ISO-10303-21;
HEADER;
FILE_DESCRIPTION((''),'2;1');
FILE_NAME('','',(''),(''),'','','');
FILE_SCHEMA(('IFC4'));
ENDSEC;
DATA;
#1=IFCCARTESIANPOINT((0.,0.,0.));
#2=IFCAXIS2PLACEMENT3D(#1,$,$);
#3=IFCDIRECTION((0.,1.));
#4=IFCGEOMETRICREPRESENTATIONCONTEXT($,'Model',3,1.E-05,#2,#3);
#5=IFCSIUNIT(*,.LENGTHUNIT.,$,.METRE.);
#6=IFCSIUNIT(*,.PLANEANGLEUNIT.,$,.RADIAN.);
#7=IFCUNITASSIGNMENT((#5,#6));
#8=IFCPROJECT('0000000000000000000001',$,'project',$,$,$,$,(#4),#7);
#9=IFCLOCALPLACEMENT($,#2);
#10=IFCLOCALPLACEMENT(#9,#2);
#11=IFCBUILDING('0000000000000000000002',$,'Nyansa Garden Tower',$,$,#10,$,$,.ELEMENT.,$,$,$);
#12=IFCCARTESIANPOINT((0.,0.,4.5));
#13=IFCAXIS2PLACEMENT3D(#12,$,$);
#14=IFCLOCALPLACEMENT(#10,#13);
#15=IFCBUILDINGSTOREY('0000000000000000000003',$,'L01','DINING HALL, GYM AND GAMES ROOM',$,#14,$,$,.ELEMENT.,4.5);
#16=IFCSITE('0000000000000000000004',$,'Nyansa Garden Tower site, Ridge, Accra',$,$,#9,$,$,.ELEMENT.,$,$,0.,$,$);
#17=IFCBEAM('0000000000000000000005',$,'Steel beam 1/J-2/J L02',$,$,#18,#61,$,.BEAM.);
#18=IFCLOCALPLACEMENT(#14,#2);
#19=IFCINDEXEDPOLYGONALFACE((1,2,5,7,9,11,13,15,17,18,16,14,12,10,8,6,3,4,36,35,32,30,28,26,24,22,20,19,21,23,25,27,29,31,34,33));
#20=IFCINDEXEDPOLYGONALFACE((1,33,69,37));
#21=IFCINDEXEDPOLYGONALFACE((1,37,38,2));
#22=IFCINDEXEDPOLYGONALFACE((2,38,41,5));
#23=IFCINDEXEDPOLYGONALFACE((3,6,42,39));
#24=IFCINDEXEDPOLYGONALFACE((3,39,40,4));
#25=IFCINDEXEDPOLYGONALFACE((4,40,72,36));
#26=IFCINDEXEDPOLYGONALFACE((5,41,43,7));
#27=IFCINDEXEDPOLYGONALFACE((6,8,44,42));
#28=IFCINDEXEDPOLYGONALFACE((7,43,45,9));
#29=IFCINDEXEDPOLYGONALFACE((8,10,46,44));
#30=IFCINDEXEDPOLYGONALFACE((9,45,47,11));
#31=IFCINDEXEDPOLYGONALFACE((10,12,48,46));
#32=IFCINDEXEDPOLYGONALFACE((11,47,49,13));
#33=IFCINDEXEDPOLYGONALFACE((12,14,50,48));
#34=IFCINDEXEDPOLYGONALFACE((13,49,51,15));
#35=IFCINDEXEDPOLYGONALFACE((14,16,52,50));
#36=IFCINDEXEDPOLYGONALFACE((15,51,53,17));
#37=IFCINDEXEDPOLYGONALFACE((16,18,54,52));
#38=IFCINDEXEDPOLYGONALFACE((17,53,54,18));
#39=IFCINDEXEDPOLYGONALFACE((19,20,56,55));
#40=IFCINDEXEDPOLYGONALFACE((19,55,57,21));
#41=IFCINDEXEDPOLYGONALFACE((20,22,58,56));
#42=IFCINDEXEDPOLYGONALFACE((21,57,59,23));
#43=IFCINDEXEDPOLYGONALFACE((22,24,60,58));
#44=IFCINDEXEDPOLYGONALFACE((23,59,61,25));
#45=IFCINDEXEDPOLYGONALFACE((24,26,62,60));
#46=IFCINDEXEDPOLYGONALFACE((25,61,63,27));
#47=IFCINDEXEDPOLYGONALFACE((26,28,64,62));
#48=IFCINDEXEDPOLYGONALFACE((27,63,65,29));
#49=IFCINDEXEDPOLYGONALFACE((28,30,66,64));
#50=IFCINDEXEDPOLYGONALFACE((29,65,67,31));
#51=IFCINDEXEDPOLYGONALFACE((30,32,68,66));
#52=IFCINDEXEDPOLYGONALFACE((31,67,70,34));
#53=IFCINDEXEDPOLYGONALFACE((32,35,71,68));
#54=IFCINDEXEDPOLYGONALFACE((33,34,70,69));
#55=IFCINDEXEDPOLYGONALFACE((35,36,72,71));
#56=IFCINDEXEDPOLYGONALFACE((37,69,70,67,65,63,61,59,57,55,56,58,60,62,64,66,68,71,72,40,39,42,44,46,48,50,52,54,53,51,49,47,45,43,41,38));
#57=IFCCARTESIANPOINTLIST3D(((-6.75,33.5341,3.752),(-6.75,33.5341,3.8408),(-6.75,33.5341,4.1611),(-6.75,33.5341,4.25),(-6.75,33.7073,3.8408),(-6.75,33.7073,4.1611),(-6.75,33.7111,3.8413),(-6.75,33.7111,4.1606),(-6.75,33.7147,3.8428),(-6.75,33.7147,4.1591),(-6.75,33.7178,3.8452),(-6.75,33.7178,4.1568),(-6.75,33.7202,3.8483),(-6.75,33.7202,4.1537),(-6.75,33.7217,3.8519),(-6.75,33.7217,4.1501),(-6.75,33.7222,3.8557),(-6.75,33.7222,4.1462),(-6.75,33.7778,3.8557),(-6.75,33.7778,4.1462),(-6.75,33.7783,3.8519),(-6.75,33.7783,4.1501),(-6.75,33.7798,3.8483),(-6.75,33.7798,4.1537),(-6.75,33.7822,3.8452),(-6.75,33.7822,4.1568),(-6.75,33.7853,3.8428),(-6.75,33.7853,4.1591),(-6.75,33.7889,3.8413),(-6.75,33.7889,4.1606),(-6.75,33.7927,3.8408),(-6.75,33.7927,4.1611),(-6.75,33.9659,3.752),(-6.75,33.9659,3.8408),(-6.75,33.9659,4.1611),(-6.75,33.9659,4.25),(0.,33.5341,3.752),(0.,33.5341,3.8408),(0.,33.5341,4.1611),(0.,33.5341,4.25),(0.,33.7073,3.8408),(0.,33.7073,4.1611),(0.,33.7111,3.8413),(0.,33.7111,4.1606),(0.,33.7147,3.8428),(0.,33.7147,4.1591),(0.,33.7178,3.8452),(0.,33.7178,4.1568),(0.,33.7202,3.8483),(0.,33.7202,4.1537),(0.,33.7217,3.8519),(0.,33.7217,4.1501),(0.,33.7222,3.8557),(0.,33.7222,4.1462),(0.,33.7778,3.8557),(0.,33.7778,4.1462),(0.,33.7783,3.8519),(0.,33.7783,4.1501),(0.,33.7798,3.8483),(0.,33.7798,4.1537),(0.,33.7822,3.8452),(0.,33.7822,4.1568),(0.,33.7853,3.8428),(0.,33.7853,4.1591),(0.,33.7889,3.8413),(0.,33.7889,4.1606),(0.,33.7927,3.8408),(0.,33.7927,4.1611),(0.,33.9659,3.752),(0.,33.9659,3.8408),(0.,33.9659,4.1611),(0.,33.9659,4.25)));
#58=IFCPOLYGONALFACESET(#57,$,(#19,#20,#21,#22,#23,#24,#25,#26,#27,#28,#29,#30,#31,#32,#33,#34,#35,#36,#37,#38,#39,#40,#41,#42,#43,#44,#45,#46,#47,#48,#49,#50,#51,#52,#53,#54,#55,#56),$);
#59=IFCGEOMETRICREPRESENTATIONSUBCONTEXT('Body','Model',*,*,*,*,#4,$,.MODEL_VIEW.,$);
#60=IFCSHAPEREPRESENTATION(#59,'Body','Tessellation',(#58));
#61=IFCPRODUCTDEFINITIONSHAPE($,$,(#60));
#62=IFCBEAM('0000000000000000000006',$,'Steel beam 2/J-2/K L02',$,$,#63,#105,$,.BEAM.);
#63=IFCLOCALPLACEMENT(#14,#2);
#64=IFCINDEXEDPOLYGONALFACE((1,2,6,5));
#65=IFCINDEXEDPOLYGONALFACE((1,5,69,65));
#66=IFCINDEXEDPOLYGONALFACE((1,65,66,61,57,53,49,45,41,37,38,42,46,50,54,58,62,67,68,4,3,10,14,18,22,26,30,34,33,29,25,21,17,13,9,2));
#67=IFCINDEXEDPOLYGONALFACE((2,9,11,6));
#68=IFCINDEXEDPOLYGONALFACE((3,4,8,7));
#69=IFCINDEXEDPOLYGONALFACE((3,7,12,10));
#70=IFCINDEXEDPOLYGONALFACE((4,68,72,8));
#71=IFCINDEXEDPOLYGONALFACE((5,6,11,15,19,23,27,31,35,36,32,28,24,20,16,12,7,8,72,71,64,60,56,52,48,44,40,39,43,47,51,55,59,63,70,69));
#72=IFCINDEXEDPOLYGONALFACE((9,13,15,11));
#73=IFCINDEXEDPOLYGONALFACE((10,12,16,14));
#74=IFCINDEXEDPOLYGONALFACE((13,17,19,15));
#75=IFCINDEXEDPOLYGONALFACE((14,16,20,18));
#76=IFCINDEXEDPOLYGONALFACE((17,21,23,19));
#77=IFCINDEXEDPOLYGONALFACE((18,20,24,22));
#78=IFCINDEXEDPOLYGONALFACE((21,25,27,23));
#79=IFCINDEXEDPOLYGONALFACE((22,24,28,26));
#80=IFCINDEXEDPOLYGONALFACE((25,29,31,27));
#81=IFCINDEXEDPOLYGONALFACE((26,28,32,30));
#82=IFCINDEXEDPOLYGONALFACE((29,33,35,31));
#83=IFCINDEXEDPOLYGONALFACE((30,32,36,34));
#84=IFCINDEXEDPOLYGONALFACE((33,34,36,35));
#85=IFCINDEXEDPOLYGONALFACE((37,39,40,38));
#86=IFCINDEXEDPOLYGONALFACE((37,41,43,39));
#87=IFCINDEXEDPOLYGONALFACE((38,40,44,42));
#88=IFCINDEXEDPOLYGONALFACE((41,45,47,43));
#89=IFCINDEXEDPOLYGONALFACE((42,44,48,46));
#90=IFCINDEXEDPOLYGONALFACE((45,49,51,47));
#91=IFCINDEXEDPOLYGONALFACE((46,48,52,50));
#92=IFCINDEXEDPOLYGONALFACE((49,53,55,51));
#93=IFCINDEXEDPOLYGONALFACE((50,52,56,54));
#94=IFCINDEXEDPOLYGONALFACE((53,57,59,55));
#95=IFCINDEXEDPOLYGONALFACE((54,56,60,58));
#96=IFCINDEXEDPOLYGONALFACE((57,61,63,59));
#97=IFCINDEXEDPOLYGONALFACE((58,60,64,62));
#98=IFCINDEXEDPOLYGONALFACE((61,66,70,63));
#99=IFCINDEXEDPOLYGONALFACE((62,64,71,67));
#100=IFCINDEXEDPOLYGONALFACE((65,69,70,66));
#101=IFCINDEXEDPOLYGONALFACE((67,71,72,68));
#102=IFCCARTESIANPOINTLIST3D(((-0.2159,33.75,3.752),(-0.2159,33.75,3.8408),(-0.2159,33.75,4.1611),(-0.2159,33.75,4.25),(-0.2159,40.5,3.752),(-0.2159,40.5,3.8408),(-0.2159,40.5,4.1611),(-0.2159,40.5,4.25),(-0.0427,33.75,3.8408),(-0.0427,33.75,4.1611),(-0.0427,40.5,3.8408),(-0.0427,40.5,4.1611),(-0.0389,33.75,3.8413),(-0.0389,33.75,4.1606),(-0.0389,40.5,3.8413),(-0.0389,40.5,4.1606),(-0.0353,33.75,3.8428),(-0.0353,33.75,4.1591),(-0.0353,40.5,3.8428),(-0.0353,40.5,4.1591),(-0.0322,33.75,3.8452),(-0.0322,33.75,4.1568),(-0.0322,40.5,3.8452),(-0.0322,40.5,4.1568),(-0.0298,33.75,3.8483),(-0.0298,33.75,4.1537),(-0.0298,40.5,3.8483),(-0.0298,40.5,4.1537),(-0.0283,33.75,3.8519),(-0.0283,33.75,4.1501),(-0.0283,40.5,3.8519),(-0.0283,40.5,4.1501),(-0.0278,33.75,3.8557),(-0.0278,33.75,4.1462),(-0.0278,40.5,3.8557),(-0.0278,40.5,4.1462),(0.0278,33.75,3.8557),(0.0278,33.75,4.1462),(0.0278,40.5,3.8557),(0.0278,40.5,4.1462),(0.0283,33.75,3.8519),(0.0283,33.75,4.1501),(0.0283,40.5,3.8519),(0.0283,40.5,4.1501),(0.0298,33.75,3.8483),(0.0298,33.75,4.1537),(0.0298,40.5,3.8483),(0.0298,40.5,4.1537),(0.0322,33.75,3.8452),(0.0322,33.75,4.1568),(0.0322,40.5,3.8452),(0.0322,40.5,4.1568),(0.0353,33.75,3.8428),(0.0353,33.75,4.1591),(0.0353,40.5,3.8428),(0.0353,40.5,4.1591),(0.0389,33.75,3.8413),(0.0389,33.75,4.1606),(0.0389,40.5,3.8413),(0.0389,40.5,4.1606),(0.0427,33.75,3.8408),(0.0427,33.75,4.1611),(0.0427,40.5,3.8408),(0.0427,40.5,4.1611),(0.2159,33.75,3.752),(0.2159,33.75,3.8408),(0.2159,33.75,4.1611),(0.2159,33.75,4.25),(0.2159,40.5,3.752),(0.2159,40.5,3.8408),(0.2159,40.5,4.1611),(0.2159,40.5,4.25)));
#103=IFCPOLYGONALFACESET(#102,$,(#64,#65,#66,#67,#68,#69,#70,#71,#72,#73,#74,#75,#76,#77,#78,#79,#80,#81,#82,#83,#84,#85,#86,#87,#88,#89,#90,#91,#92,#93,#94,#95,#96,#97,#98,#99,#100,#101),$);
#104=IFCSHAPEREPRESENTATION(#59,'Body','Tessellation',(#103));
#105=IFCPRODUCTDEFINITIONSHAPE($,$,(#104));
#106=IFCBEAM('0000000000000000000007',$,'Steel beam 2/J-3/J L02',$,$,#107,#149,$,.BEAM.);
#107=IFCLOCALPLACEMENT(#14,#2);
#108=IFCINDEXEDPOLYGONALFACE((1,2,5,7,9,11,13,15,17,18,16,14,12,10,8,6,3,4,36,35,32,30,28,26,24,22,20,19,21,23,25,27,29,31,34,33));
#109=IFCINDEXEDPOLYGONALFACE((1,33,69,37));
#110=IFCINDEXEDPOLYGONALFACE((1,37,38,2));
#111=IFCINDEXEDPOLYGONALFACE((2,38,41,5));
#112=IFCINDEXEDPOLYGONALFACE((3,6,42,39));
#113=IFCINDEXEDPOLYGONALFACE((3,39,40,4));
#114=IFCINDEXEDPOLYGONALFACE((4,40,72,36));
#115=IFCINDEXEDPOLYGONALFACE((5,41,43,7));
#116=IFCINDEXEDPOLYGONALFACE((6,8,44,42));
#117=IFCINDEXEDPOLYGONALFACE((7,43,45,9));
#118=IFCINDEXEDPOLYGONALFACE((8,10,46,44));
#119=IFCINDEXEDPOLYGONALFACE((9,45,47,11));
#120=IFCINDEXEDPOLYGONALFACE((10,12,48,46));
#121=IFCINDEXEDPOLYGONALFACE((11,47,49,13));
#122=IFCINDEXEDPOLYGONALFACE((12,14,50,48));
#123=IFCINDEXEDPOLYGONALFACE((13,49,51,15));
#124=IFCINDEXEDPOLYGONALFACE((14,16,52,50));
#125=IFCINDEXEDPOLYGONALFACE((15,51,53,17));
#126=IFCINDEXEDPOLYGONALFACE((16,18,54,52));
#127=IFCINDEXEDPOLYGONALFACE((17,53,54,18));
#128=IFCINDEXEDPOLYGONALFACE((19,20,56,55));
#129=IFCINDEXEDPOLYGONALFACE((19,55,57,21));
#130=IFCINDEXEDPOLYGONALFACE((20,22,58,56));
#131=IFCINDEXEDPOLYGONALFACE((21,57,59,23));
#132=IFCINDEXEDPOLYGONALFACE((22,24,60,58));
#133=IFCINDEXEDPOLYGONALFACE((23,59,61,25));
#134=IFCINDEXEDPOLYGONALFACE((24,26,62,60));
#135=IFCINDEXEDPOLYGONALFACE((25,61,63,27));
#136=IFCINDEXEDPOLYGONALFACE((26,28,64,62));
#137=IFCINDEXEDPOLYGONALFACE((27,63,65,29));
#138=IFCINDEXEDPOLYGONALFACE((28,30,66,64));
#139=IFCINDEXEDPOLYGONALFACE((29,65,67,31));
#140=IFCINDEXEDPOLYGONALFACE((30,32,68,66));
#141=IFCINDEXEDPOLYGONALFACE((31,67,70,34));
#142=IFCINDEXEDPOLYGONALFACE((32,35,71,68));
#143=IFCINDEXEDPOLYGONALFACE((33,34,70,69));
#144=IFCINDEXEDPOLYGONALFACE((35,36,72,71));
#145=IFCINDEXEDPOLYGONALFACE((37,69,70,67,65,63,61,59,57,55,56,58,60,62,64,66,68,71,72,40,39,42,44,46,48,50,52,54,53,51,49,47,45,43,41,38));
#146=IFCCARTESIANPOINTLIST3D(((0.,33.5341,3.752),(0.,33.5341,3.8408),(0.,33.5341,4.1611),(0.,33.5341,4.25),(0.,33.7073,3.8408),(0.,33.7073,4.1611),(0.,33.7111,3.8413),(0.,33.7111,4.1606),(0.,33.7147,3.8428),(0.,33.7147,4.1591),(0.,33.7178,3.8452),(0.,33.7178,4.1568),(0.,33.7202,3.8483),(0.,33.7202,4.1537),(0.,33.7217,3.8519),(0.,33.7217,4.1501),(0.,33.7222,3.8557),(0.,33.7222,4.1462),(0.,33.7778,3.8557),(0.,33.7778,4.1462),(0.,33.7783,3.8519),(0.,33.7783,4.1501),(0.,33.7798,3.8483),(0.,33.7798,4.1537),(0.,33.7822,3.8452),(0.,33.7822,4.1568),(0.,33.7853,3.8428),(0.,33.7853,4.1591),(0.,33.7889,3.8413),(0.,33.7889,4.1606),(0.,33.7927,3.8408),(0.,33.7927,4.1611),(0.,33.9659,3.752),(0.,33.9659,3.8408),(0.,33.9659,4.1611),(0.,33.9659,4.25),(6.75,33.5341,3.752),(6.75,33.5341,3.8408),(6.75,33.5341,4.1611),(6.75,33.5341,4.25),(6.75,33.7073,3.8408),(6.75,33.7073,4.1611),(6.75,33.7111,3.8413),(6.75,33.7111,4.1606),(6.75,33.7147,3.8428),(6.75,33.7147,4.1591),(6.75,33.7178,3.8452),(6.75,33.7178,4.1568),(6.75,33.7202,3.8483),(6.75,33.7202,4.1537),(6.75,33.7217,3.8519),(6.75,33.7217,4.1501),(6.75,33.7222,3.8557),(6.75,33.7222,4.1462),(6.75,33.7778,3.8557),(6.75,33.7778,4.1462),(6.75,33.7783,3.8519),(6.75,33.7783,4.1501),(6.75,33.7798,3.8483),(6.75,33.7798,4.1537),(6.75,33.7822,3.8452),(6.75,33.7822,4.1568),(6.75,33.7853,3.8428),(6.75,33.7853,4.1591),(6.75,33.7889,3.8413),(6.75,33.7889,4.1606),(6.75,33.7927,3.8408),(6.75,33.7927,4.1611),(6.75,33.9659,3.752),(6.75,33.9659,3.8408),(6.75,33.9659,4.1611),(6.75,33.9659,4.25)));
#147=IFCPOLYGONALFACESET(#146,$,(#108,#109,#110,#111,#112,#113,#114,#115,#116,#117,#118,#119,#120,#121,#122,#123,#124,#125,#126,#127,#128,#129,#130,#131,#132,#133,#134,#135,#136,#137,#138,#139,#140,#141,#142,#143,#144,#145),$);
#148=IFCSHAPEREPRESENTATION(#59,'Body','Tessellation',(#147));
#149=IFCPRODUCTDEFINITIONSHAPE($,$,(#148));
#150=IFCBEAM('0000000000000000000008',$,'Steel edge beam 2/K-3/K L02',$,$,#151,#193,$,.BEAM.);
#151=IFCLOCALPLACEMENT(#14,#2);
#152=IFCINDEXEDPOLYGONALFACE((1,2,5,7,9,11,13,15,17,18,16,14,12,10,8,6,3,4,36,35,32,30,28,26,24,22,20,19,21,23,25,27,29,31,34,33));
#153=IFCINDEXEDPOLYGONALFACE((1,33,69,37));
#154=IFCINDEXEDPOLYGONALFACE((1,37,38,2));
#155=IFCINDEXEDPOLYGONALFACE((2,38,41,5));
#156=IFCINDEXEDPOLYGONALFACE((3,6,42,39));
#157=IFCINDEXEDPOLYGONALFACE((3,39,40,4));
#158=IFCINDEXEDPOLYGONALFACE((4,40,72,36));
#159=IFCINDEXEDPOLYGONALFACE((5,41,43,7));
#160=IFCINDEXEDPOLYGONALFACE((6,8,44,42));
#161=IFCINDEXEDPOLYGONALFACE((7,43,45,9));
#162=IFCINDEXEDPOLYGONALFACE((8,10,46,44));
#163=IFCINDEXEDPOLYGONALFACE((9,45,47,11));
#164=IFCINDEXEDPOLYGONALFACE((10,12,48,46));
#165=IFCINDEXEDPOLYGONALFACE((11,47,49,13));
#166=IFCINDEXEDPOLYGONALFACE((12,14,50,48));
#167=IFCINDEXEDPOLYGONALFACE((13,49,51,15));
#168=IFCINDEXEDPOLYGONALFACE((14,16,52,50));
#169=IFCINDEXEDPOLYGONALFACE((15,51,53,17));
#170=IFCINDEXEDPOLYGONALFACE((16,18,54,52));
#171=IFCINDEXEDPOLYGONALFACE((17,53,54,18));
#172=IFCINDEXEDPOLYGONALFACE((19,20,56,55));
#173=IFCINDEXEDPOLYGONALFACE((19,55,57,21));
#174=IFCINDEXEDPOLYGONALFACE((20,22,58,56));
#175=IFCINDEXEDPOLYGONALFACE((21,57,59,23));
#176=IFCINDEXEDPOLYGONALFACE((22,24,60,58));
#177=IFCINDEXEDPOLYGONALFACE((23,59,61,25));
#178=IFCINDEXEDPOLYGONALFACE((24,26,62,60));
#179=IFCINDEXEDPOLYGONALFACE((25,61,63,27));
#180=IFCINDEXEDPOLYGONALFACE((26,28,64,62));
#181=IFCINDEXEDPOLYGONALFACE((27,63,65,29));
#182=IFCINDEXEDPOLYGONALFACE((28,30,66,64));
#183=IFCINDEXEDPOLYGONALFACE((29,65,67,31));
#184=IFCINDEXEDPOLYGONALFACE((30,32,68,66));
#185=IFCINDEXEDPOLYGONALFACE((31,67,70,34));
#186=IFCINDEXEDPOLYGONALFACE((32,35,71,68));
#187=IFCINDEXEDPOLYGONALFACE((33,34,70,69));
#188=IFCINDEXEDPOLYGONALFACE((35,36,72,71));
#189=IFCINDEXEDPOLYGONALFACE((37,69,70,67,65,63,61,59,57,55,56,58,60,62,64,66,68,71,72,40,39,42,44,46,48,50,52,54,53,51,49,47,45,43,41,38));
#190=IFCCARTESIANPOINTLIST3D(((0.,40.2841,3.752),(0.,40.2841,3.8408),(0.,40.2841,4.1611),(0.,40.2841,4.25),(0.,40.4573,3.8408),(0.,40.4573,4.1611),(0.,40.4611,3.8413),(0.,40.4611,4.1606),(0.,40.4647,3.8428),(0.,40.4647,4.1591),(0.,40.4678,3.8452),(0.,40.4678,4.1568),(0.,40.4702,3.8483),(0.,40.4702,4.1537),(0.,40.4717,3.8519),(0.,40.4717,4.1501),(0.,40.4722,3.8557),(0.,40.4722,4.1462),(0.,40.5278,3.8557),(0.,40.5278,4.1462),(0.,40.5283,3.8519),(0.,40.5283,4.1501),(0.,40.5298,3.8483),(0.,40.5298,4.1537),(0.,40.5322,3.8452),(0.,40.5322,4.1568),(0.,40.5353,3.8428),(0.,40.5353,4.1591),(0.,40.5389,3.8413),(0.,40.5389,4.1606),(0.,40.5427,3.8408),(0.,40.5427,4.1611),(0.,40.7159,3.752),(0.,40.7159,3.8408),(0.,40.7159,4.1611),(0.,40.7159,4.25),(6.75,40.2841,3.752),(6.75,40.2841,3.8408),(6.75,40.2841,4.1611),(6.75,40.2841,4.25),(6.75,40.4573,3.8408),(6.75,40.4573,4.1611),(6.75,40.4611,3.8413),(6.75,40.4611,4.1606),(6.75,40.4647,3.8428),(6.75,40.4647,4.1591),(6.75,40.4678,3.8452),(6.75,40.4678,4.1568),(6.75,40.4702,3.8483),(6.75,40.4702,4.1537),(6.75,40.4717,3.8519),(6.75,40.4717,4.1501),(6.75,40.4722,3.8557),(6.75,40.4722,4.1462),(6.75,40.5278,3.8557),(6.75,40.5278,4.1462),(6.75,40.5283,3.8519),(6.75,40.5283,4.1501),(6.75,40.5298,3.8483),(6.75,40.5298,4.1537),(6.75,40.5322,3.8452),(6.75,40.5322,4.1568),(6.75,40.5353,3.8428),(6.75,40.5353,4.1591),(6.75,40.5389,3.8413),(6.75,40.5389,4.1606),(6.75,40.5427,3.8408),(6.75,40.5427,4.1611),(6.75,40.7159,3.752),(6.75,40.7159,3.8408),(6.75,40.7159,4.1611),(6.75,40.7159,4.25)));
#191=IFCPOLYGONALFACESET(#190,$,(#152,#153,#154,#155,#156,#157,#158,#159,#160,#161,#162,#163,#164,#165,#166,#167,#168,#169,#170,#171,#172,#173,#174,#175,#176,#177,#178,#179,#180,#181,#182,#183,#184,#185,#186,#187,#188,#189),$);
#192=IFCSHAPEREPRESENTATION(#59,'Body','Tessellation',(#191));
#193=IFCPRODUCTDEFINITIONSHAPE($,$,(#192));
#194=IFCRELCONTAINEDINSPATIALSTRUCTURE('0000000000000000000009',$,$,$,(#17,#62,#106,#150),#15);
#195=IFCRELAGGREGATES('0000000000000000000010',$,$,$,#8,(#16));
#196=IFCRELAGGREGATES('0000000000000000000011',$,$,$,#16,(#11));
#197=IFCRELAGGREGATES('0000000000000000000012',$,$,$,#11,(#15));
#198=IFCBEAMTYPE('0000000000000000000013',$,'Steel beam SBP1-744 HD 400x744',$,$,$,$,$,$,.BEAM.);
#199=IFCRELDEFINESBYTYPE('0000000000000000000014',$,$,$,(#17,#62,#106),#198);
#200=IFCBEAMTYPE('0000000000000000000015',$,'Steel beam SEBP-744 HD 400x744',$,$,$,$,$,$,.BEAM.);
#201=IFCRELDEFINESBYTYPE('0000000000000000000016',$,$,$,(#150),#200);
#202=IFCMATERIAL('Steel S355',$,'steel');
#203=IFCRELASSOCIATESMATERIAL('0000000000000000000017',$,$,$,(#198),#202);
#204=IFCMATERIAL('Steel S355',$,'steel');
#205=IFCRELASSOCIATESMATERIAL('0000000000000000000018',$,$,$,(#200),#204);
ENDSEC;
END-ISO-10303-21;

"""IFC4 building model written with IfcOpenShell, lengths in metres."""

from ifc_helpers import new_model, si_unit, direction, frame, origin, origin_2d, place, context, subcontext, project, spatial, i_section, extrude, material, material_profile, profile_set, type_object, element, save


model = new_model("IFC4")

# Units and contexts
model_context = context("Model", 3, precision=1e-05, world=origin(), true_north=direction((0.0, 1.0)))
body_context = subcontext(model_context, "Body", "Model", "MODEL_VIEW")
ifc_project = project(units=[si_unit("LENGTHUNIT", "METRE"), si_unit("PLANEANGLEUNIT", "RADIAN")], contexts=[model_context])

# Site, building, storey
site_placement = place(None, origin())
site = spatial("IfcSite", under=ifc_project, at=site_placement, Name="Nyansa Garden Tower site, Ridge, Accra", CompositionType="ELEMENT", RefElevation=0.0)
building_placement = place(site_placement, origin())
building = spatial("IfcBuilding", under=site, at=building_placement, Name="Nyansa Garden Tower", CompositionType="ELEMENT")
storey_placement = place(building_placement, frame((0.0, 0.0, 4.5)))
storey = spatial("IfcBuildingStorey", under=building, at=storey_placement, Name="L01", Description="DINING HALL, GYM AND GAMES ROOM", CompositionType="ELEMENT", Elevation=4.5)

# Beams
ifc_material_1 = material(Name="Steel S355", Category="steel")
ifc_material_profile_1 = material_profile(ifc_material_1, i_section(OverallWidth=0.4319, OverallDepth=0.498, WebThickness=0.0557, FlangeThickness=0.0889, FilletRadius=0.0149, at=origin_2d()), Name="HD 400x744")
ifc_profile_set_1 = profile_set([ifc_material_profile_1], Name="Steel S355")
beam_type_1 = type_object("IfcBeamType", Name="Steel beam SBP1-744 HD 400x744", PredefinedType="BEAM", material=ifc_profile_set_1)
for number, where, z_axis, x_axis, name in (
    (1, (-6.75, 33.75, 4.001), (1.0, 0.0, 0.0), (0.0, 1.0, 0.0), "Steel beam 1/J-2/J L02"),
    (2, (0.0, 33.75, 4.001), (0.0, 1.0, 0.0), (-1.0, 0.0, 0.0), "Steel beam 2/J-2/K L02"),
    (3, (0.0, 33.75, 4.001), (1.0, 0.0, 0.0), (0.0, 1.0, 0.0), "Steel beam 2/J-3/J L02"),
):
    element("IfcBeam", number, at=place(storey_placement, frame(where, z_axis=z_axis, x_axis=x_axis)), inside=storey, type_object=beam_type_1, Name=name, PredefinedType="BEAM", context=body_context, shape_type="SweptSolid", body=[
        extrude(i_section(OverallWidth=0.4319, OverallDepth=0.498, WebThickness=0.0557, FlangeThickness=0.0889, FilletRadius=0.0149, at=origin_2d()), origin(), (0.0, 0.0, 1.0), 6.75),
    ])
ifc_material_2 = material(Name="Steel S355", Category="steel")
ifc_material_profile_2 = material_profile(ifc_material_2, i_section(OverallWidth=0.4319, OverallDepth=0.498, WebThickness=0.0557, FlangeThickness=0.0889, FilletRadius=0.0149, at=origin_2d()), Name="HD 400x744")
ifc_profile_set_2 = profile_set([ifc_material_profile_2], Name="Steel S355")
beam_type_2 = type_object("IfcBeamType", Name="Steel beam SEBP-744 HD 400x744", PredefinedType="BEAM", material=ifc_profile_set_2)
beam_placement = place(storey_placement, frame((0.0, 40.5, 4.001), z_axis=(1.0, 0.0, 0.0), x_axis=(0.0, 1.0, 0.0)))
element("IfcBeam", 4, at=beam_placement, inside=storey, type_object=beam_type_2, Name="Steel edge beam 2/K-3/K L02", PredefinedType="BEAM", context=body_context, shape_type="SweptSolid", body=[
    extrude(i_section(OverallWidth=0.4319, OverallDepth=0.498, WebThickness=0.0557, FlangeThickness=0.0889, FilletRadius=0.0149, at=origin_2d()), origin(), (0.0, 0.0, 1.0), 6.75),
])

save(model, "model.ifc")
